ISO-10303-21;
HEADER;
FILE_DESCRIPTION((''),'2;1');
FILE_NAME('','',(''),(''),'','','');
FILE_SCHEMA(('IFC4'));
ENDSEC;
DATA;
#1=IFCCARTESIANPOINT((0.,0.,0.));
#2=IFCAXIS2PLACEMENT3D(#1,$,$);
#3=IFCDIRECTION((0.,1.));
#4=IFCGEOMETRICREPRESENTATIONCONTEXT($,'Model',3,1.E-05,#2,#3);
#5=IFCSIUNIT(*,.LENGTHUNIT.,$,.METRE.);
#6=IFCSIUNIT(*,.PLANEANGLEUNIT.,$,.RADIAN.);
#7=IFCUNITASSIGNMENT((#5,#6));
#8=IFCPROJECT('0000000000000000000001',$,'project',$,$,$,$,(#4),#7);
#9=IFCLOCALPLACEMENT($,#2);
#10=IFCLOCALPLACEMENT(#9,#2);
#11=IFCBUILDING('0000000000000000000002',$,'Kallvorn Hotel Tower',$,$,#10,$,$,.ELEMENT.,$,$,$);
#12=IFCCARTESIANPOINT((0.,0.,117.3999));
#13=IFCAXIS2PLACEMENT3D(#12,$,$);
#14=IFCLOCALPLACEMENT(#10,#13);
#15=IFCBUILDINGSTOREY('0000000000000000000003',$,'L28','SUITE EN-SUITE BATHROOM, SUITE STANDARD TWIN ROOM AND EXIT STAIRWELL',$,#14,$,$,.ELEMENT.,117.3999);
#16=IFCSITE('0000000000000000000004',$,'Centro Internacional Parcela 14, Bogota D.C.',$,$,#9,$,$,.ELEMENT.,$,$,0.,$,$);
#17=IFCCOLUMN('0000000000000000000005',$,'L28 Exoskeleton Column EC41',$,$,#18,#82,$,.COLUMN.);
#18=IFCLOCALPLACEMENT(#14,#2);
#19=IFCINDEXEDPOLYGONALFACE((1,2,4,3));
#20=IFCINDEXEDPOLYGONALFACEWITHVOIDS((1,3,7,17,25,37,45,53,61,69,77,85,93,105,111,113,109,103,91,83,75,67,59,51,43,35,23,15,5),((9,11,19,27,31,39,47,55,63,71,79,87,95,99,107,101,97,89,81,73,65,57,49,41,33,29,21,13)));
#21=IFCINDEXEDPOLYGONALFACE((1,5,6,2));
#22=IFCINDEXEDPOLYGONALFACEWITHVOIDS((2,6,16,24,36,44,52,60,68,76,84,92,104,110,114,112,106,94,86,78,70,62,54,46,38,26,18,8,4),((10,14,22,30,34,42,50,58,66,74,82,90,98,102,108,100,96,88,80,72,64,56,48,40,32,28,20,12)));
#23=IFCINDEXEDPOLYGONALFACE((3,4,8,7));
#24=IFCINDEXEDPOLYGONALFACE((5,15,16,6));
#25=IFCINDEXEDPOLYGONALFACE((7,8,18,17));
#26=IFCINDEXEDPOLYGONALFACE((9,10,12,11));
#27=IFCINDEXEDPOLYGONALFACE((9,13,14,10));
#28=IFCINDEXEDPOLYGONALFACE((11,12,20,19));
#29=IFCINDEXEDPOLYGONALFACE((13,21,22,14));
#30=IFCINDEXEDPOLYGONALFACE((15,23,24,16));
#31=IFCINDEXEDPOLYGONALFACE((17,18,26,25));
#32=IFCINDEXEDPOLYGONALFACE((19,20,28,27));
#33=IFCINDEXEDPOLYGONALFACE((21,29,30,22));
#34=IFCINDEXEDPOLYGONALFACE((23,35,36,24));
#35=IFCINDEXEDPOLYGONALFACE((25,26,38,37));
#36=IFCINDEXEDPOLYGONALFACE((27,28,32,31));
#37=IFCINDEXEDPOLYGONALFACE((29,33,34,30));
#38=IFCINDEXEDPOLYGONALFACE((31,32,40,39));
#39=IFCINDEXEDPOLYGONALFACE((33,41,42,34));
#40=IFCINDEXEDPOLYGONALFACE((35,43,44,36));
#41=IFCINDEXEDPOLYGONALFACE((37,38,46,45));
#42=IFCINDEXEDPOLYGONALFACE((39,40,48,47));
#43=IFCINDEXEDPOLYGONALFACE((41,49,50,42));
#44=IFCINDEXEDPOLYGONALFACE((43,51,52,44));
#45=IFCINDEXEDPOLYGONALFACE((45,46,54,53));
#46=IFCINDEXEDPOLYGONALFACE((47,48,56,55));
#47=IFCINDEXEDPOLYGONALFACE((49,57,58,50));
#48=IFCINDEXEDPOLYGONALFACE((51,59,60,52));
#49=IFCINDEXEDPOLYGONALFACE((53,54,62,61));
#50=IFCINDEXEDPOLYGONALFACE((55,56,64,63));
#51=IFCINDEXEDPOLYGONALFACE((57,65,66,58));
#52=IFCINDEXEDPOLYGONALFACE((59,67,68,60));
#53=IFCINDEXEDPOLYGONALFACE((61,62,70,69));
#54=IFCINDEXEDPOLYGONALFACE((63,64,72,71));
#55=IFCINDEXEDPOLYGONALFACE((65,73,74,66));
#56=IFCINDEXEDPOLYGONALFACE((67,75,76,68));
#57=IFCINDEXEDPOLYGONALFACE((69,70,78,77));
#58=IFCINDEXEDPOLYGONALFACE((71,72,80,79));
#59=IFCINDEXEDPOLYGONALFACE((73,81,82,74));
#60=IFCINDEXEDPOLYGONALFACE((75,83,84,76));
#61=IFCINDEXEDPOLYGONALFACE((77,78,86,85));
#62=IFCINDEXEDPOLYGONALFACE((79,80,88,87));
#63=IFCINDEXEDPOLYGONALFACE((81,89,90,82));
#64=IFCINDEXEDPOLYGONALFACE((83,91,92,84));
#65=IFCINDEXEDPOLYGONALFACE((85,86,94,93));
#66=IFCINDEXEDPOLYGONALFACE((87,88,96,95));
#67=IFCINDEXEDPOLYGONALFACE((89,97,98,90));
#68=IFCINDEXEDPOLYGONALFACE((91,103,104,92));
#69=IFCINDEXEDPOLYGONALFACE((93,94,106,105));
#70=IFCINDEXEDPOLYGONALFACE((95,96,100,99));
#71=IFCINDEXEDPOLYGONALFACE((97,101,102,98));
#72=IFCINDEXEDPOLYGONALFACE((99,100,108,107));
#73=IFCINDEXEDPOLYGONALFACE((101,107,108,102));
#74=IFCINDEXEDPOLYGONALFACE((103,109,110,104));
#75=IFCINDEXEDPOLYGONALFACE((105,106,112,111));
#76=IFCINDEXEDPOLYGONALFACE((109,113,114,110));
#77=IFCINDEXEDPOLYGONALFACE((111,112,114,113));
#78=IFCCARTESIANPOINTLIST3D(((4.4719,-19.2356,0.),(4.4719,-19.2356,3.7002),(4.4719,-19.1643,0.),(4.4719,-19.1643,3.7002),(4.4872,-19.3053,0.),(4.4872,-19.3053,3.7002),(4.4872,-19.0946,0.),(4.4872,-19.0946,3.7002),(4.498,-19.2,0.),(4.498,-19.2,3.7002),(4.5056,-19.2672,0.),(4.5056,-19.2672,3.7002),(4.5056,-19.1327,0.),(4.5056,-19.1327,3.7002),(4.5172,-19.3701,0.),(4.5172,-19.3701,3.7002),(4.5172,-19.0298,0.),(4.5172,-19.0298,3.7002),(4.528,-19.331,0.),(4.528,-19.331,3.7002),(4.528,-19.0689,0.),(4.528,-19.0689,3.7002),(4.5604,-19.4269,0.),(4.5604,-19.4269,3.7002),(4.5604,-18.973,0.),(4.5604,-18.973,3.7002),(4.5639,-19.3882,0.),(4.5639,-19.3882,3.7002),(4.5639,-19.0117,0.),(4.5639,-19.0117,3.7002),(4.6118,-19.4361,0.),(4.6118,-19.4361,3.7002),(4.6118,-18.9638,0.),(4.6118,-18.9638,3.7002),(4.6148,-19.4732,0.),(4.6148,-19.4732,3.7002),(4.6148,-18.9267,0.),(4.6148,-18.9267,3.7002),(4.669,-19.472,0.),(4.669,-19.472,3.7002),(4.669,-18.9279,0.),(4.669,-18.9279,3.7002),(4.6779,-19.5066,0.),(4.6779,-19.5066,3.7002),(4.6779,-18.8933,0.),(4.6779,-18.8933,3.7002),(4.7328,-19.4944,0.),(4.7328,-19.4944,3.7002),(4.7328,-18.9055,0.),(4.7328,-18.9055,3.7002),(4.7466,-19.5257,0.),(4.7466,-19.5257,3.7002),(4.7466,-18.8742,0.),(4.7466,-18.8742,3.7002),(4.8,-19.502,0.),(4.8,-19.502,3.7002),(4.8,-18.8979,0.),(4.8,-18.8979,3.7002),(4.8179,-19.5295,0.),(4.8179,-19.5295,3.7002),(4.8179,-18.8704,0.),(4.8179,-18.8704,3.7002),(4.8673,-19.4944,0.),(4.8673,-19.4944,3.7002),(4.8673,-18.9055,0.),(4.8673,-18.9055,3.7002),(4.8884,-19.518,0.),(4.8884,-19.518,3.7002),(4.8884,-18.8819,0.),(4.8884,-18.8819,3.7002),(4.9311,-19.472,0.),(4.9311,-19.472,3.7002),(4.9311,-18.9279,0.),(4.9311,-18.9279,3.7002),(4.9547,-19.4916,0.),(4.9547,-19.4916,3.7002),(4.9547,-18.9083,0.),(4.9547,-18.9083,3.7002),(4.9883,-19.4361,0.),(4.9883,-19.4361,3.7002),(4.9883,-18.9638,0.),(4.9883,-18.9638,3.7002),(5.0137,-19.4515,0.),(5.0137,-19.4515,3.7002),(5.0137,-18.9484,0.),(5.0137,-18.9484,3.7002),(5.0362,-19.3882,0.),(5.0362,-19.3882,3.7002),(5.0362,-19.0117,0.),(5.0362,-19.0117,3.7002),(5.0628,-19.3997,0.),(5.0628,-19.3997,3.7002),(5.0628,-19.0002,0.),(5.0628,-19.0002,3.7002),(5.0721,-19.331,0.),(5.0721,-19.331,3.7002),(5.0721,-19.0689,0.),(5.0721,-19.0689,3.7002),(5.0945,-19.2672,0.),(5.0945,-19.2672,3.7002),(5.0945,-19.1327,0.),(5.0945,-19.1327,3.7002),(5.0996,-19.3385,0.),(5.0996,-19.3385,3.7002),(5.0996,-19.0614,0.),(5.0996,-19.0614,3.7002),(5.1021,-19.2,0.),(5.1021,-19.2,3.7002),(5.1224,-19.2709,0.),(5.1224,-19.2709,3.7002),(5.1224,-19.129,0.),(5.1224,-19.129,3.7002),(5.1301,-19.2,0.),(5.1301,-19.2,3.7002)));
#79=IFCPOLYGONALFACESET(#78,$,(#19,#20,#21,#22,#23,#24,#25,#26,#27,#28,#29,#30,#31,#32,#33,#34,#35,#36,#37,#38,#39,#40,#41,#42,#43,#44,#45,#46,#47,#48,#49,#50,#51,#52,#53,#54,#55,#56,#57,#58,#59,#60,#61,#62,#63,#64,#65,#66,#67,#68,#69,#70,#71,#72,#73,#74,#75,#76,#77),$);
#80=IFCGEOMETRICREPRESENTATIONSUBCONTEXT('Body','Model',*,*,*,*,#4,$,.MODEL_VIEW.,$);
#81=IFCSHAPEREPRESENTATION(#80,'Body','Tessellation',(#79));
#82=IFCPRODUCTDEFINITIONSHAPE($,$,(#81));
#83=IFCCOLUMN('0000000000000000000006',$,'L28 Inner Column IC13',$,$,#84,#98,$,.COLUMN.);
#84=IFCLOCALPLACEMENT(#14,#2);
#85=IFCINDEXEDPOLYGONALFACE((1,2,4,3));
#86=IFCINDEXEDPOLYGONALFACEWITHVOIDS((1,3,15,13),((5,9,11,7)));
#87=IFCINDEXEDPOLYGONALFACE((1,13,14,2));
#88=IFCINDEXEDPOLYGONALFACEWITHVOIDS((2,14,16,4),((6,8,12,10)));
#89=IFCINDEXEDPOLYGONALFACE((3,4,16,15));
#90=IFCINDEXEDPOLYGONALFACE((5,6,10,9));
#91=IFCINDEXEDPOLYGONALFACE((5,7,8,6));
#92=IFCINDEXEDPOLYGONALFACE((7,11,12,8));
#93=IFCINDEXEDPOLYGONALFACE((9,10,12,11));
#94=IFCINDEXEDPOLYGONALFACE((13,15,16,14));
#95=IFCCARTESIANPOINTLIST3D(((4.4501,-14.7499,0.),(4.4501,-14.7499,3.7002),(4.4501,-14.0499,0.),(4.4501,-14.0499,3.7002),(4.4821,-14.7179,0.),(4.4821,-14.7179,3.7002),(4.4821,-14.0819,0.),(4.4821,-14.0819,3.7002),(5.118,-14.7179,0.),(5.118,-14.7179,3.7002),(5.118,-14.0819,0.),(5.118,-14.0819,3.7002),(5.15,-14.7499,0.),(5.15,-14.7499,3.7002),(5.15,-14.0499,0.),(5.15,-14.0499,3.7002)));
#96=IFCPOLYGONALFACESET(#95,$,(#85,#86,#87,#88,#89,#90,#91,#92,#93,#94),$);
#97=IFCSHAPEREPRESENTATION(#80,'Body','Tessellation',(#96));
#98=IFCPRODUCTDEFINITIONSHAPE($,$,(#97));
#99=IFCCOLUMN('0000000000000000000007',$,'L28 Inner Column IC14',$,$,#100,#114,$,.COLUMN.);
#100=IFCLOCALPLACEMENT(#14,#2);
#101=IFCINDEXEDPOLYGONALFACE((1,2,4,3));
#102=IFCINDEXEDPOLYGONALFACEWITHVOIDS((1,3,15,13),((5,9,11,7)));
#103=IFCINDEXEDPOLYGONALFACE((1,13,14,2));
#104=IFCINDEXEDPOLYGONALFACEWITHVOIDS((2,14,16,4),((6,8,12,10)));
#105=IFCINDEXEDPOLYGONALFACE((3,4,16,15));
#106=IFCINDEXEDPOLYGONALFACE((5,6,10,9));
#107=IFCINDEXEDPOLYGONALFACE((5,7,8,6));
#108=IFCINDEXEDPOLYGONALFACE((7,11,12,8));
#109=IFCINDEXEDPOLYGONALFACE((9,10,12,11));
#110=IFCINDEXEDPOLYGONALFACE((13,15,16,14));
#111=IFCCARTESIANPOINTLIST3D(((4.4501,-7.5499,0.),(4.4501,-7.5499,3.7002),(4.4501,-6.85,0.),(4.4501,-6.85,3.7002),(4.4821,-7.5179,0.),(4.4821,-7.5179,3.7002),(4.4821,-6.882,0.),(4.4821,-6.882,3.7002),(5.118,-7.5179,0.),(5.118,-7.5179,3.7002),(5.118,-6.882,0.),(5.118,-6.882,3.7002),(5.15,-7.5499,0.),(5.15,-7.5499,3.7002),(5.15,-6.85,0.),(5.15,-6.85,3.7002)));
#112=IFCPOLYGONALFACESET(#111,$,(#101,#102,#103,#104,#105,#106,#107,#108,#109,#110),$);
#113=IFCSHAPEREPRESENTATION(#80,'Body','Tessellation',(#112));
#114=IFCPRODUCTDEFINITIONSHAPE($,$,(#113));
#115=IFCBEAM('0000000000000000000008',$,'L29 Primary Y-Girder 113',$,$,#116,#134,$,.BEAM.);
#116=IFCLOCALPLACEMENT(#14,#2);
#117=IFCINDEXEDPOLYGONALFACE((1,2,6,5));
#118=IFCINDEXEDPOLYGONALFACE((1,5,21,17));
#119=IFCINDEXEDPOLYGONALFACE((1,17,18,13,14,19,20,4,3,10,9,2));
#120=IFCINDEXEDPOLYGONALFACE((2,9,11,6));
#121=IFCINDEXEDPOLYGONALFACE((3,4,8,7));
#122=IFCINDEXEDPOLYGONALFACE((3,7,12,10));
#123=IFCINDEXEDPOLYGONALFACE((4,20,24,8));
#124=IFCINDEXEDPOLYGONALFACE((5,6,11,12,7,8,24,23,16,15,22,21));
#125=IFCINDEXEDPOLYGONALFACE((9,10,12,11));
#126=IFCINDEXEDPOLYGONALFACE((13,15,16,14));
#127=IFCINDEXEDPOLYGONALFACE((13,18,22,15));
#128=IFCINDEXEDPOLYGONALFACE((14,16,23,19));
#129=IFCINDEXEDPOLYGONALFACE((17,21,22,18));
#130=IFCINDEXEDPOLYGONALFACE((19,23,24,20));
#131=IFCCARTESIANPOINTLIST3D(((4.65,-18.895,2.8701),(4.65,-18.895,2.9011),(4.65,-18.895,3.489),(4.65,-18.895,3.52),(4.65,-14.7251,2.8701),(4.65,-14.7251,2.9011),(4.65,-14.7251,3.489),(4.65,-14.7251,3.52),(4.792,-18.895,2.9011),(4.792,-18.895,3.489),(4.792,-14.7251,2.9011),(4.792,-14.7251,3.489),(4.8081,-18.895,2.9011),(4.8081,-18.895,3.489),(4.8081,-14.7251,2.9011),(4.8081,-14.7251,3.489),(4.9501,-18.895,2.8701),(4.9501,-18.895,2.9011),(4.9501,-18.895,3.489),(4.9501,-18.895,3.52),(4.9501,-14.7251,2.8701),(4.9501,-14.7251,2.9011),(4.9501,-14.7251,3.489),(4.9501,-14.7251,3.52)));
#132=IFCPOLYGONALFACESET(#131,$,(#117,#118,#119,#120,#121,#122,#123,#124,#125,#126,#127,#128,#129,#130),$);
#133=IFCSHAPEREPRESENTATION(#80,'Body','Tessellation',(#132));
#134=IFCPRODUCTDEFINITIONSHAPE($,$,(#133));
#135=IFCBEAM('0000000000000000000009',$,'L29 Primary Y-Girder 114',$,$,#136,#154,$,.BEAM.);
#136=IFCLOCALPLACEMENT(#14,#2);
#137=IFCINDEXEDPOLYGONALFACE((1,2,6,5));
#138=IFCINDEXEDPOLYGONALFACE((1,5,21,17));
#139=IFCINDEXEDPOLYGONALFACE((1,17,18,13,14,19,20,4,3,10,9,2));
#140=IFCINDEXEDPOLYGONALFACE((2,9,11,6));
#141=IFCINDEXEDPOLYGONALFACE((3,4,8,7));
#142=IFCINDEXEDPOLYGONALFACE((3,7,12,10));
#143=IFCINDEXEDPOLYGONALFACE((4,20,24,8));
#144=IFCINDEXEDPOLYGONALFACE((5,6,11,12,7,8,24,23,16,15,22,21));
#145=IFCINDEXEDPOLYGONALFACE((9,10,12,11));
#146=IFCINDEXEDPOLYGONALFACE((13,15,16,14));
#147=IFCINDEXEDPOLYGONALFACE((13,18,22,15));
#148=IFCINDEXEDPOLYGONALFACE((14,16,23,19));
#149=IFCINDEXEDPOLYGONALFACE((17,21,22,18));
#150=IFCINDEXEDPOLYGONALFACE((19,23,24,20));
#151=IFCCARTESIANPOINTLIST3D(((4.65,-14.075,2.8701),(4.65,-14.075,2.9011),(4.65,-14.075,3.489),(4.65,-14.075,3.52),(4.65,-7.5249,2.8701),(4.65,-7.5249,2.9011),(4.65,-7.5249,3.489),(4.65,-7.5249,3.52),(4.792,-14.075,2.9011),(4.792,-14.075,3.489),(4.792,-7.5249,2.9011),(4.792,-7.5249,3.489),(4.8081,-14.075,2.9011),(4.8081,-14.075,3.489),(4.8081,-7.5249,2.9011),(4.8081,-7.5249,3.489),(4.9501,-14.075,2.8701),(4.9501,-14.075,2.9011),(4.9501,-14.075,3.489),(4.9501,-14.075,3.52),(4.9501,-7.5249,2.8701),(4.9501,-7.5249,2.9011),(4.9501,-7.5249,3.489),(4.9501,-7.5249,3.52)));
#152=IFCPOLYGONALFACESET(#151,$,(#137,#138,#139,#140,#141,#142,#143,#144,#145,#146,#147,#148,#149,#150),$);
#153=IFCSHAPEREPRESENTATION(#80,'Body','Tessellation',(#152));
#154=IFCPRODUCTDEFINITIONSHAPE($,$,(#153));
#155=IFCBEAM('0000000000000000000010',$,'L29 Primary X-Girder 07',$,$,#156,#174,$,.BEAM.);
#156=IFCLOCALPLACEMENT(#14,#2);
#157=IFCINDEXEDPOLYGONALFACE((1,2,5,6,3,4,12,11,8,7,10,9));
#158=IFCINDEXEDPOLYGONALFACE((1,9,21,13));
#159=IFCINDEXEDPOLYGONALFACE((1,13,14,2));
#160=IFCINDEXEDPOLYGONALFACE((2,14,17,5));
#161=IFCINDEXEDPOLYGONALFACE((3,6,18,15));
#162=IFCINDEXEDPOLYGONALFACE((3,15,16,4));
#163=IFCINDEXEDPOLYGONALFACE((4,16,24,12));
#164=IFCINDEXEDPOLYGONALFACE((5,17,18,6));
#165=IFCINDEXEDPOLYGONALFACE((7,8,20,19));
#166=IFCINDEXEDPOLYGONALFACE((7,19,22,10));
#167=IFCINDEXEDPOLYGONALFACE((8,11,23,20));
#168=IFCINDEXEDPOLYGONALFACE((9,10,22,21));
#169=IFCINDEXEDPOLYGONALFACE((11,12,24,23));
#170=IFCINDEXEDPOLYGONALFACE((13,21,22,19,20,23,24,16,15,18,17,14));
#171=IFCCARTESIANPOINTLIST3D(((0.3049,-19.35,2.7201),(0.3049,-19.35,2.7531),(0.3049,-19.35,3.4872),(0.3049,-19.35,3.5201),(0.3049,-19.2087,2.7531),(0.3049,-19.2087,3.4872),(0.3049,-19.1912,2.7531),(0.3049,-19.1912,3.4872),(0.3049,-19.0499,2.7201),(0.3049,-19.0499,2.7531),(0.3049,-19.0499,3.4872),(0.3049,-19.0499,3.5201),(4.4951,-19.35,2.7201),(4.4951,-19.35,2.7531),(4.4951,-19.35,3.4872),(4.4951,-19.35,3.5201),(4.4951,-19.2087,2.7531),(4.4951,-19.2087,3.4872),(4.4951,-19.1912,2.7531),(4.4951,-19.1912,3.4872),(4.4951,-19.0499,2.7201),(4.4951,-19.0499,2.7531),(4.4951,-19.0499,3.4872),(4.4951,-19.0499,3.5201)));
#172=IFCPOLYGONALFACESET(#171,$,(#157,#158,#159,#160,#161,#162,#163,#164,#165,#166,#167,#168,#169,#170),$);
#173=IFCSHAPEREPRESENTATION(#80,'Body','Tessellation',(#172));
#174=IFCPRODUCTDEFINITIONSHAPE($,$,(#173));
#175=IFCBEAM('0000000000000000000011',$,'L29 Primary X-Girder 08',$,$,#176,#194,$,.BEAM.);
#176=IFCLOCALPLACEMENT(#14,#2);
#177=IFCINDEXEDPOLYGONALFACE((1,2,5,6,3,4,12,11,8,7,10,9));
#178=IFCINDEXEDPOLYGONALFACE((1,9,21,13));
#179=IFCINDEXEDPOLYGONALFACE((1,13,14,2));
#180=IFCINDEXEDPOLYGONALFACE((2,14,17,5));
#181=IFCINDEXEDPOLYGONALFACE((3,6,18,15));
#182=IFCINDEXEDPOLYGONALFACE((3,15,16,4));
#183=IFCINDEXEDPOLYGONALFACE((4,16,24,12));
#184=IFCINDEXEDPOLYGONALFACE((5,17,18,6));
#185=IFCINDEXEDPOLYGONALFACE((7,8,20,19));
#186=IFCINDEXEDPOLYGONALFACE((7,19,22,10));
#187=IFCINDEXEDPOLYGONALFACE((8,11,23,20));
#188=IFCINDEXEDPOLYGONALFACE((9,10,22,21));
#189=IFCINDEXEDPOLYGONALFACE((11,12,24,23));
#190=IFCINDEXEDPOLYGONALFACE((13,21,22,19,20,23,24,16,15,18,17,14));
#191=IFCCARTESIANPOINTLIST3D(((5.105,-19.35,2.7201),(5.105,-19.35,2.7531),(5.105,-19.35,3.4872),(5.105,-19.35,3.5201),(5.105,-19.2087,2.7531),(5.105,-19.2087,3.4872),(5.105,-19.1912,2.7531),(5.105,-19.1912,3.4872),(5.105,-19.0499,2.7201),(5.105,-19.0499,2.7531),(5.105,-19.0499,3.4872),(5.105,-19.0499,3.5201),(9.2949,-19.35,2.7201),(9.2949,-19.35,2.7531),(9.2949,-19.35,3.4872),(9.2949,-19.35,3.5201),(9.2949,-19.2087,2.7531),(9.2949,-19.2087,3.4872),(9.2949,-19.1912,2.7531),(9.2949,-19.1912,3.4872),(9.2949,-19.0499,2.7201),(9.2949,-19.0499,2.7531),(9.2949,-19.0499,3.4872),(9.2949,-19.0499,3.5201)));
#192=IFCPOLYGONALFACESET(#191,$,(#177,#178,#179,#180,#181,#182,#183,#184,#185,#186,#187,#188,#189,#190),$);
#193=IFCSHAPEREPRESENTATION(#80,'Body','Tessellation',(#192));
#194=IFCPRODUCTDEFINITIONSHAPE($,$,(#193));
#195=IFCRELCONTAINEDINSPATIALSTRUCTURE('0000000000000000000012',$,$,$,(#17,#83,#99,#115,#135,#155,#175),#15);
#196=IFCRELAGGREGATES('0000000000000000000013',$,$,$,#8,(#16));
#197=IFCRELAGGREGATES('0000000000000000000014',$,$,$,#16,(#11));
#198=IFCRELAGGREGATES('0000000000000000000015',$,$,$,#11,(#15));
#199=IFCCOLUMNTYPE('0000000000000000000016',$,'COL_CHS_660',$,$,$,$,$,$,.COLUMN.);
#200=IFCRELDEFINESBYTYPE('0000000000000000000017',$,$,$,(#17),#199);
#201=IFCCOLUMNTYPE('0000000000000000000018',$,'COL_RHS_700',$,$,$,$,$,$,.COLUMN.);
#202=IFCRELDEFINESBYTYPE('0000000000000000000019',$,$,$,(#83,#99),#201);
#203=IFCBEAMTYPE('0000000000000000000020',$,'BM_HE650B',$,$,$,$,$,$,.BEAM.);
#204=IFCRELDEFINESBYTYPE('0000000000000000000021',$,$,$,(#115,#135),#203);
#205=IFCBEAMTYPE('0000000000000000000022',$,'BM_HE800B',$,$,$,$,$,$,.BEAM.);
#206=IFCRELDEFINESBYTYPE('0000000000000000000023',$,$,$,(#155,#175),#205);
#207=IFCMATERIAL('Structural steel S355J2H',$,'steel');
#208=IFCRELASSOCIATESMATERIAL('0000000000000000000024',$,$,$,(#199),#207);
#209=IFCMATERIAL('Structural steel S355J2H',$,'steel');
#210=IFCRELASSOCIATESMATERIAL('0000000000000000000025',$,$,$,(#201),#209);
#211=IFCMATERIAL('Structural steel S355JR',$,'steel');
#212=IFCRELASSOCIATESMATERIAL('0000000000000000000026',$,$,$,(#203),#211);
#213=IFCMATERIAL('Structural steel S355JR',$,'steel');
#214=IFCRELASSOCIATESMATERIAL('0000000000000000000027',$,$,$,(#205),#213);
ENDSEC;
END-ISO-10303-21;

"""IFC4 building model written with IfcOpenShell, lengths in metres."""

from ifc_helpers import new_model, si_unit, direction, frame, origin, origin_2d, place, context, subcontext, project, spatial, hollow_rectangle, hollow_circle, i_section, extrude, material, material_profile, profile_set, type_object, element, save


model = new_model("IFC4")

# Units and contexts
model_context = context("Model", 3, precision=1e-05, world=origin(), true_north=direction((0.0, 1.0)))
body_context = subcontext(model_context, "Body", "Model", "MODEL_VIEW")
ifc_project = project(units=[si_unit("LENGTHUNIT", "METRE"), si_unit("PLANEANGLEUNIT", "RADIAN")], contexts=[model_context])

# Site, building, storey
site_placement = place(None, origin())
site = spatial("IfcSite", under=ifc_project, at=site_placement, Name="Centro Internacional Parcela 14, Bogota D.C.", CompositionType="ELEMENT", RefElevation=0.0)
building_placement = place(site_placement, origin())
building = spatial("IfcBuilding", under=site, at=building_placement, Name="Kallvorn Hotel Tower", CompositionType="ELEMENT")
storey_placement = place(building_placement, frame((0.0, 0.0, 117.3999)))
storey = spatial("IfcBuildingStorey", under=building, at=storey_placement, Name="L28", Description="SUITE EN-SUITE BATHROOM, SUITE STANDARD TWIN ROOM AND EXIT STAIRWELL", CompositionType="ELEMENT", Elevation=117.3999)

# Columns
ifc_material_1 = material(Name="Structural steel S355J2H", Category="steel")
ifc_material_profile_1 = material_profile(ifc_material_1, hollow_circle(Radius=0.3301, WallThickness=0.0281, at=origin_2d()), Name="CHS 660x28")
ifc_profile_set_1 = profile_set([ifc_material_profile_1], Name="Structural steel S355J2H")
column_type_1 = type_object("IfcColumnType", Name="COL_CHS_660", PredefinedType="COLUMN", material=ifc_profile_set_1)
column_placement = place(storey_placement, frame((4.8, -19.2, 0.0), z_axis=(0.0, 0.0, 1.0), x_axis=(1.0, 0.0, 0.0)))
element("IfcColumn", 1, at=column_placement, inside=storey, type_object=column_type_1, Name="L28 Exoskeleton Column EC41", PredefinedType="COLUMN", context=body_context, shape_type="SweptSolid", body=[
    extrude(hollow_circle(Radius=0.3301, WallThickness=0.0281, at=origin_2d()), origin(), (0.0, 0.0, 1.0), 3.7002),
])
ifc_material_2 = material(Name="Structural steel S355J2H", Category="steel")
ifc_material_profile_2 = material_profile(ifc_material_2, hollow_rectangle(XDim=0.7, YDim=0.7, WallThickness=0.032, at=origin_2d()), Name="RHS 700x700x32")
ifc_profile_set_2 = profile_set([ifc_material_profile_2], Name="Structural steel S355J2H")
column_type_2 = type_object("IfcColumnType", Name="COL_RHS_700", PredefinedType="COLUMN", material=ifc_profile_set_2)
for number, where, z_axis, x_axis, name in (
    (2, (4.8, -14.3999, 0.0), (0.0, 0.0, 1.0), (1.0, 0.0, 0.0), "L28 Inner Column IC13"),
    (3, (4.8, -7.2, 0.0), (0.0, 0.0, 1.0), (1.0, 0.0, 0.0), "L28 Inner Column IC14"),
):
    element("IfcColumn", number, at=place(storey_placement, frame(where, z_axis=z_axis, x_axis=x_axis)), inside=storey, type_object=column_type_2, Name=name, PredefinedType="COLUMN", context=body_context, shape_type="SweptSolid", body=[
        extrude(hollow_rectangle(XDim=0.7, YDim=0.7, WallThickness=0.032, at=origin_2d()), origin(), (0.0, 0.0, 1.0), 3.7002),
    ])

# Beams
ifc_material_3 = material(Name="Structural steel S355JR", Category="steel")
ifc_material_profile_3 = material_profile(ifc_material_3, i_section(OverallWidth=0.3, OverallDepth=0.6499, WebThickness=0.0161, FlangeThickness=0.031, at=origin_2d()), Name="HE 650 B")
ifc_profile_set_3 = profile_set([ifc_material_profile_3], Name="Structural steel S355JR")
beam_type_1 = type_object("IfcBeamType", Name="BM_HE650B", PredefinedType="BEAM", material=ifc_profile_set_3)
beam_1_placement = place(storey_placement, frame((4.8, -18.895, 3.1951), z_axis=(0.0, 1.0, 0.0), x_axis=(-1.0, 0.0, 0.0)))
element("IfcBeam", 4, at=beam_1_placement, inside=storey, type_object=beam_type_1, Name="L29 Primary Y-Girder 113", PredefinedType="BEAM", context=body_context, shape_type="SweptSolid", body=[
    extrude(i_section(OverallWidth=0.3, OverallDepth=0.6499, WebThickness=0.0161, FlangeThickness=0.031, at=origin_2d()), origin(), (0.0, 0.0, 1.0), 4.1699),
])
beam_2_placement = place(storey_placement, frame((4.8, -14.075, 3.1951), z_axis=(0.0, 1.0, 0.0), x_axis=(-1.0, 0.0, 0.0)))
element("IfcBeam", 5, at=beam_2_placement, inside=storey, type_object=beam_type_1, Name="L29 Primary Y-Girder 114", PredefinedType="BEAM", context=body_context, shape_type="SweptSolid", body=[
    extrude(i_section(OverallWidth=0.3, OverallDepth=0.6499, WebThickness=0.0161, FlangeThickness=0.031, at=origin_2d()), origin(), (0.0, 0.0, 1.0), 6.55),
])
ifc_material_4 = material(Name="Structural steel S355JR", Category="steel")
ifc_material_profile_4 = material_profile(ifc_material_4, i_section(OverallWidth=0.3, OverallDepth=0.8, WebThickness=0.0176, FlangeThickness=0.033, at=origin_2d()), Name="HE 800 B")
ifc_profile_set_4 = profile_set([ifc_material_profile_4], Name="Structural steel S355JR")
beam_type_2 = type_object("IfcBeamType", Name="BM_HE800B", PredefinedType="BEAM", material=ifc_profile_set_4)
beam_3_placement = place(storey_placement, frame((0.3049, -19.2, 3.1201), z_axis=(1.0, 0.0, 0.0), x_axis=(0.0, 1.0, 0.0)))
element("IfcBeam", 6, at=beam_3_placement, inside=storey, type_object=beam_type_2, Name="L29 Primary X-Girder 07", PredefinedType="BEAM", context=body_context, shape_type="SweptSolid", body=[
    extrude(i_section(OverallWidth=0.3, OverallDepth=0.8, WebThickness=0.0176, FlangeThickness=0.033, at=origin_2d()), origin(), (0.0, 0.0, 1.0), 4.1902),
])
beam_4_placement = place(storey_placement, frame((5.105, -19.2, 3.1201), z_axis=(1.0, 0.0, 0.0), x_axis=(0.0, 1.0, 0.0)))
element("IfcBeam", 7, at=beam_4_placement, inside=storey, type_object=beam_type_2, Name="L29 Primary X-Girder 08", PredefinedType="BEAM", context=body_context, shape_type="SweptSolid", body=[
    extrude(i_section(OverallWidth=0.3, OverallDepth=0.8, WebThickness=0.0176, FlangeThickness=0.033, at=origin_2d()), origin(), (0.0, 0.0, 1.0), 4.1899),
])

save(model, "model.ifc")
